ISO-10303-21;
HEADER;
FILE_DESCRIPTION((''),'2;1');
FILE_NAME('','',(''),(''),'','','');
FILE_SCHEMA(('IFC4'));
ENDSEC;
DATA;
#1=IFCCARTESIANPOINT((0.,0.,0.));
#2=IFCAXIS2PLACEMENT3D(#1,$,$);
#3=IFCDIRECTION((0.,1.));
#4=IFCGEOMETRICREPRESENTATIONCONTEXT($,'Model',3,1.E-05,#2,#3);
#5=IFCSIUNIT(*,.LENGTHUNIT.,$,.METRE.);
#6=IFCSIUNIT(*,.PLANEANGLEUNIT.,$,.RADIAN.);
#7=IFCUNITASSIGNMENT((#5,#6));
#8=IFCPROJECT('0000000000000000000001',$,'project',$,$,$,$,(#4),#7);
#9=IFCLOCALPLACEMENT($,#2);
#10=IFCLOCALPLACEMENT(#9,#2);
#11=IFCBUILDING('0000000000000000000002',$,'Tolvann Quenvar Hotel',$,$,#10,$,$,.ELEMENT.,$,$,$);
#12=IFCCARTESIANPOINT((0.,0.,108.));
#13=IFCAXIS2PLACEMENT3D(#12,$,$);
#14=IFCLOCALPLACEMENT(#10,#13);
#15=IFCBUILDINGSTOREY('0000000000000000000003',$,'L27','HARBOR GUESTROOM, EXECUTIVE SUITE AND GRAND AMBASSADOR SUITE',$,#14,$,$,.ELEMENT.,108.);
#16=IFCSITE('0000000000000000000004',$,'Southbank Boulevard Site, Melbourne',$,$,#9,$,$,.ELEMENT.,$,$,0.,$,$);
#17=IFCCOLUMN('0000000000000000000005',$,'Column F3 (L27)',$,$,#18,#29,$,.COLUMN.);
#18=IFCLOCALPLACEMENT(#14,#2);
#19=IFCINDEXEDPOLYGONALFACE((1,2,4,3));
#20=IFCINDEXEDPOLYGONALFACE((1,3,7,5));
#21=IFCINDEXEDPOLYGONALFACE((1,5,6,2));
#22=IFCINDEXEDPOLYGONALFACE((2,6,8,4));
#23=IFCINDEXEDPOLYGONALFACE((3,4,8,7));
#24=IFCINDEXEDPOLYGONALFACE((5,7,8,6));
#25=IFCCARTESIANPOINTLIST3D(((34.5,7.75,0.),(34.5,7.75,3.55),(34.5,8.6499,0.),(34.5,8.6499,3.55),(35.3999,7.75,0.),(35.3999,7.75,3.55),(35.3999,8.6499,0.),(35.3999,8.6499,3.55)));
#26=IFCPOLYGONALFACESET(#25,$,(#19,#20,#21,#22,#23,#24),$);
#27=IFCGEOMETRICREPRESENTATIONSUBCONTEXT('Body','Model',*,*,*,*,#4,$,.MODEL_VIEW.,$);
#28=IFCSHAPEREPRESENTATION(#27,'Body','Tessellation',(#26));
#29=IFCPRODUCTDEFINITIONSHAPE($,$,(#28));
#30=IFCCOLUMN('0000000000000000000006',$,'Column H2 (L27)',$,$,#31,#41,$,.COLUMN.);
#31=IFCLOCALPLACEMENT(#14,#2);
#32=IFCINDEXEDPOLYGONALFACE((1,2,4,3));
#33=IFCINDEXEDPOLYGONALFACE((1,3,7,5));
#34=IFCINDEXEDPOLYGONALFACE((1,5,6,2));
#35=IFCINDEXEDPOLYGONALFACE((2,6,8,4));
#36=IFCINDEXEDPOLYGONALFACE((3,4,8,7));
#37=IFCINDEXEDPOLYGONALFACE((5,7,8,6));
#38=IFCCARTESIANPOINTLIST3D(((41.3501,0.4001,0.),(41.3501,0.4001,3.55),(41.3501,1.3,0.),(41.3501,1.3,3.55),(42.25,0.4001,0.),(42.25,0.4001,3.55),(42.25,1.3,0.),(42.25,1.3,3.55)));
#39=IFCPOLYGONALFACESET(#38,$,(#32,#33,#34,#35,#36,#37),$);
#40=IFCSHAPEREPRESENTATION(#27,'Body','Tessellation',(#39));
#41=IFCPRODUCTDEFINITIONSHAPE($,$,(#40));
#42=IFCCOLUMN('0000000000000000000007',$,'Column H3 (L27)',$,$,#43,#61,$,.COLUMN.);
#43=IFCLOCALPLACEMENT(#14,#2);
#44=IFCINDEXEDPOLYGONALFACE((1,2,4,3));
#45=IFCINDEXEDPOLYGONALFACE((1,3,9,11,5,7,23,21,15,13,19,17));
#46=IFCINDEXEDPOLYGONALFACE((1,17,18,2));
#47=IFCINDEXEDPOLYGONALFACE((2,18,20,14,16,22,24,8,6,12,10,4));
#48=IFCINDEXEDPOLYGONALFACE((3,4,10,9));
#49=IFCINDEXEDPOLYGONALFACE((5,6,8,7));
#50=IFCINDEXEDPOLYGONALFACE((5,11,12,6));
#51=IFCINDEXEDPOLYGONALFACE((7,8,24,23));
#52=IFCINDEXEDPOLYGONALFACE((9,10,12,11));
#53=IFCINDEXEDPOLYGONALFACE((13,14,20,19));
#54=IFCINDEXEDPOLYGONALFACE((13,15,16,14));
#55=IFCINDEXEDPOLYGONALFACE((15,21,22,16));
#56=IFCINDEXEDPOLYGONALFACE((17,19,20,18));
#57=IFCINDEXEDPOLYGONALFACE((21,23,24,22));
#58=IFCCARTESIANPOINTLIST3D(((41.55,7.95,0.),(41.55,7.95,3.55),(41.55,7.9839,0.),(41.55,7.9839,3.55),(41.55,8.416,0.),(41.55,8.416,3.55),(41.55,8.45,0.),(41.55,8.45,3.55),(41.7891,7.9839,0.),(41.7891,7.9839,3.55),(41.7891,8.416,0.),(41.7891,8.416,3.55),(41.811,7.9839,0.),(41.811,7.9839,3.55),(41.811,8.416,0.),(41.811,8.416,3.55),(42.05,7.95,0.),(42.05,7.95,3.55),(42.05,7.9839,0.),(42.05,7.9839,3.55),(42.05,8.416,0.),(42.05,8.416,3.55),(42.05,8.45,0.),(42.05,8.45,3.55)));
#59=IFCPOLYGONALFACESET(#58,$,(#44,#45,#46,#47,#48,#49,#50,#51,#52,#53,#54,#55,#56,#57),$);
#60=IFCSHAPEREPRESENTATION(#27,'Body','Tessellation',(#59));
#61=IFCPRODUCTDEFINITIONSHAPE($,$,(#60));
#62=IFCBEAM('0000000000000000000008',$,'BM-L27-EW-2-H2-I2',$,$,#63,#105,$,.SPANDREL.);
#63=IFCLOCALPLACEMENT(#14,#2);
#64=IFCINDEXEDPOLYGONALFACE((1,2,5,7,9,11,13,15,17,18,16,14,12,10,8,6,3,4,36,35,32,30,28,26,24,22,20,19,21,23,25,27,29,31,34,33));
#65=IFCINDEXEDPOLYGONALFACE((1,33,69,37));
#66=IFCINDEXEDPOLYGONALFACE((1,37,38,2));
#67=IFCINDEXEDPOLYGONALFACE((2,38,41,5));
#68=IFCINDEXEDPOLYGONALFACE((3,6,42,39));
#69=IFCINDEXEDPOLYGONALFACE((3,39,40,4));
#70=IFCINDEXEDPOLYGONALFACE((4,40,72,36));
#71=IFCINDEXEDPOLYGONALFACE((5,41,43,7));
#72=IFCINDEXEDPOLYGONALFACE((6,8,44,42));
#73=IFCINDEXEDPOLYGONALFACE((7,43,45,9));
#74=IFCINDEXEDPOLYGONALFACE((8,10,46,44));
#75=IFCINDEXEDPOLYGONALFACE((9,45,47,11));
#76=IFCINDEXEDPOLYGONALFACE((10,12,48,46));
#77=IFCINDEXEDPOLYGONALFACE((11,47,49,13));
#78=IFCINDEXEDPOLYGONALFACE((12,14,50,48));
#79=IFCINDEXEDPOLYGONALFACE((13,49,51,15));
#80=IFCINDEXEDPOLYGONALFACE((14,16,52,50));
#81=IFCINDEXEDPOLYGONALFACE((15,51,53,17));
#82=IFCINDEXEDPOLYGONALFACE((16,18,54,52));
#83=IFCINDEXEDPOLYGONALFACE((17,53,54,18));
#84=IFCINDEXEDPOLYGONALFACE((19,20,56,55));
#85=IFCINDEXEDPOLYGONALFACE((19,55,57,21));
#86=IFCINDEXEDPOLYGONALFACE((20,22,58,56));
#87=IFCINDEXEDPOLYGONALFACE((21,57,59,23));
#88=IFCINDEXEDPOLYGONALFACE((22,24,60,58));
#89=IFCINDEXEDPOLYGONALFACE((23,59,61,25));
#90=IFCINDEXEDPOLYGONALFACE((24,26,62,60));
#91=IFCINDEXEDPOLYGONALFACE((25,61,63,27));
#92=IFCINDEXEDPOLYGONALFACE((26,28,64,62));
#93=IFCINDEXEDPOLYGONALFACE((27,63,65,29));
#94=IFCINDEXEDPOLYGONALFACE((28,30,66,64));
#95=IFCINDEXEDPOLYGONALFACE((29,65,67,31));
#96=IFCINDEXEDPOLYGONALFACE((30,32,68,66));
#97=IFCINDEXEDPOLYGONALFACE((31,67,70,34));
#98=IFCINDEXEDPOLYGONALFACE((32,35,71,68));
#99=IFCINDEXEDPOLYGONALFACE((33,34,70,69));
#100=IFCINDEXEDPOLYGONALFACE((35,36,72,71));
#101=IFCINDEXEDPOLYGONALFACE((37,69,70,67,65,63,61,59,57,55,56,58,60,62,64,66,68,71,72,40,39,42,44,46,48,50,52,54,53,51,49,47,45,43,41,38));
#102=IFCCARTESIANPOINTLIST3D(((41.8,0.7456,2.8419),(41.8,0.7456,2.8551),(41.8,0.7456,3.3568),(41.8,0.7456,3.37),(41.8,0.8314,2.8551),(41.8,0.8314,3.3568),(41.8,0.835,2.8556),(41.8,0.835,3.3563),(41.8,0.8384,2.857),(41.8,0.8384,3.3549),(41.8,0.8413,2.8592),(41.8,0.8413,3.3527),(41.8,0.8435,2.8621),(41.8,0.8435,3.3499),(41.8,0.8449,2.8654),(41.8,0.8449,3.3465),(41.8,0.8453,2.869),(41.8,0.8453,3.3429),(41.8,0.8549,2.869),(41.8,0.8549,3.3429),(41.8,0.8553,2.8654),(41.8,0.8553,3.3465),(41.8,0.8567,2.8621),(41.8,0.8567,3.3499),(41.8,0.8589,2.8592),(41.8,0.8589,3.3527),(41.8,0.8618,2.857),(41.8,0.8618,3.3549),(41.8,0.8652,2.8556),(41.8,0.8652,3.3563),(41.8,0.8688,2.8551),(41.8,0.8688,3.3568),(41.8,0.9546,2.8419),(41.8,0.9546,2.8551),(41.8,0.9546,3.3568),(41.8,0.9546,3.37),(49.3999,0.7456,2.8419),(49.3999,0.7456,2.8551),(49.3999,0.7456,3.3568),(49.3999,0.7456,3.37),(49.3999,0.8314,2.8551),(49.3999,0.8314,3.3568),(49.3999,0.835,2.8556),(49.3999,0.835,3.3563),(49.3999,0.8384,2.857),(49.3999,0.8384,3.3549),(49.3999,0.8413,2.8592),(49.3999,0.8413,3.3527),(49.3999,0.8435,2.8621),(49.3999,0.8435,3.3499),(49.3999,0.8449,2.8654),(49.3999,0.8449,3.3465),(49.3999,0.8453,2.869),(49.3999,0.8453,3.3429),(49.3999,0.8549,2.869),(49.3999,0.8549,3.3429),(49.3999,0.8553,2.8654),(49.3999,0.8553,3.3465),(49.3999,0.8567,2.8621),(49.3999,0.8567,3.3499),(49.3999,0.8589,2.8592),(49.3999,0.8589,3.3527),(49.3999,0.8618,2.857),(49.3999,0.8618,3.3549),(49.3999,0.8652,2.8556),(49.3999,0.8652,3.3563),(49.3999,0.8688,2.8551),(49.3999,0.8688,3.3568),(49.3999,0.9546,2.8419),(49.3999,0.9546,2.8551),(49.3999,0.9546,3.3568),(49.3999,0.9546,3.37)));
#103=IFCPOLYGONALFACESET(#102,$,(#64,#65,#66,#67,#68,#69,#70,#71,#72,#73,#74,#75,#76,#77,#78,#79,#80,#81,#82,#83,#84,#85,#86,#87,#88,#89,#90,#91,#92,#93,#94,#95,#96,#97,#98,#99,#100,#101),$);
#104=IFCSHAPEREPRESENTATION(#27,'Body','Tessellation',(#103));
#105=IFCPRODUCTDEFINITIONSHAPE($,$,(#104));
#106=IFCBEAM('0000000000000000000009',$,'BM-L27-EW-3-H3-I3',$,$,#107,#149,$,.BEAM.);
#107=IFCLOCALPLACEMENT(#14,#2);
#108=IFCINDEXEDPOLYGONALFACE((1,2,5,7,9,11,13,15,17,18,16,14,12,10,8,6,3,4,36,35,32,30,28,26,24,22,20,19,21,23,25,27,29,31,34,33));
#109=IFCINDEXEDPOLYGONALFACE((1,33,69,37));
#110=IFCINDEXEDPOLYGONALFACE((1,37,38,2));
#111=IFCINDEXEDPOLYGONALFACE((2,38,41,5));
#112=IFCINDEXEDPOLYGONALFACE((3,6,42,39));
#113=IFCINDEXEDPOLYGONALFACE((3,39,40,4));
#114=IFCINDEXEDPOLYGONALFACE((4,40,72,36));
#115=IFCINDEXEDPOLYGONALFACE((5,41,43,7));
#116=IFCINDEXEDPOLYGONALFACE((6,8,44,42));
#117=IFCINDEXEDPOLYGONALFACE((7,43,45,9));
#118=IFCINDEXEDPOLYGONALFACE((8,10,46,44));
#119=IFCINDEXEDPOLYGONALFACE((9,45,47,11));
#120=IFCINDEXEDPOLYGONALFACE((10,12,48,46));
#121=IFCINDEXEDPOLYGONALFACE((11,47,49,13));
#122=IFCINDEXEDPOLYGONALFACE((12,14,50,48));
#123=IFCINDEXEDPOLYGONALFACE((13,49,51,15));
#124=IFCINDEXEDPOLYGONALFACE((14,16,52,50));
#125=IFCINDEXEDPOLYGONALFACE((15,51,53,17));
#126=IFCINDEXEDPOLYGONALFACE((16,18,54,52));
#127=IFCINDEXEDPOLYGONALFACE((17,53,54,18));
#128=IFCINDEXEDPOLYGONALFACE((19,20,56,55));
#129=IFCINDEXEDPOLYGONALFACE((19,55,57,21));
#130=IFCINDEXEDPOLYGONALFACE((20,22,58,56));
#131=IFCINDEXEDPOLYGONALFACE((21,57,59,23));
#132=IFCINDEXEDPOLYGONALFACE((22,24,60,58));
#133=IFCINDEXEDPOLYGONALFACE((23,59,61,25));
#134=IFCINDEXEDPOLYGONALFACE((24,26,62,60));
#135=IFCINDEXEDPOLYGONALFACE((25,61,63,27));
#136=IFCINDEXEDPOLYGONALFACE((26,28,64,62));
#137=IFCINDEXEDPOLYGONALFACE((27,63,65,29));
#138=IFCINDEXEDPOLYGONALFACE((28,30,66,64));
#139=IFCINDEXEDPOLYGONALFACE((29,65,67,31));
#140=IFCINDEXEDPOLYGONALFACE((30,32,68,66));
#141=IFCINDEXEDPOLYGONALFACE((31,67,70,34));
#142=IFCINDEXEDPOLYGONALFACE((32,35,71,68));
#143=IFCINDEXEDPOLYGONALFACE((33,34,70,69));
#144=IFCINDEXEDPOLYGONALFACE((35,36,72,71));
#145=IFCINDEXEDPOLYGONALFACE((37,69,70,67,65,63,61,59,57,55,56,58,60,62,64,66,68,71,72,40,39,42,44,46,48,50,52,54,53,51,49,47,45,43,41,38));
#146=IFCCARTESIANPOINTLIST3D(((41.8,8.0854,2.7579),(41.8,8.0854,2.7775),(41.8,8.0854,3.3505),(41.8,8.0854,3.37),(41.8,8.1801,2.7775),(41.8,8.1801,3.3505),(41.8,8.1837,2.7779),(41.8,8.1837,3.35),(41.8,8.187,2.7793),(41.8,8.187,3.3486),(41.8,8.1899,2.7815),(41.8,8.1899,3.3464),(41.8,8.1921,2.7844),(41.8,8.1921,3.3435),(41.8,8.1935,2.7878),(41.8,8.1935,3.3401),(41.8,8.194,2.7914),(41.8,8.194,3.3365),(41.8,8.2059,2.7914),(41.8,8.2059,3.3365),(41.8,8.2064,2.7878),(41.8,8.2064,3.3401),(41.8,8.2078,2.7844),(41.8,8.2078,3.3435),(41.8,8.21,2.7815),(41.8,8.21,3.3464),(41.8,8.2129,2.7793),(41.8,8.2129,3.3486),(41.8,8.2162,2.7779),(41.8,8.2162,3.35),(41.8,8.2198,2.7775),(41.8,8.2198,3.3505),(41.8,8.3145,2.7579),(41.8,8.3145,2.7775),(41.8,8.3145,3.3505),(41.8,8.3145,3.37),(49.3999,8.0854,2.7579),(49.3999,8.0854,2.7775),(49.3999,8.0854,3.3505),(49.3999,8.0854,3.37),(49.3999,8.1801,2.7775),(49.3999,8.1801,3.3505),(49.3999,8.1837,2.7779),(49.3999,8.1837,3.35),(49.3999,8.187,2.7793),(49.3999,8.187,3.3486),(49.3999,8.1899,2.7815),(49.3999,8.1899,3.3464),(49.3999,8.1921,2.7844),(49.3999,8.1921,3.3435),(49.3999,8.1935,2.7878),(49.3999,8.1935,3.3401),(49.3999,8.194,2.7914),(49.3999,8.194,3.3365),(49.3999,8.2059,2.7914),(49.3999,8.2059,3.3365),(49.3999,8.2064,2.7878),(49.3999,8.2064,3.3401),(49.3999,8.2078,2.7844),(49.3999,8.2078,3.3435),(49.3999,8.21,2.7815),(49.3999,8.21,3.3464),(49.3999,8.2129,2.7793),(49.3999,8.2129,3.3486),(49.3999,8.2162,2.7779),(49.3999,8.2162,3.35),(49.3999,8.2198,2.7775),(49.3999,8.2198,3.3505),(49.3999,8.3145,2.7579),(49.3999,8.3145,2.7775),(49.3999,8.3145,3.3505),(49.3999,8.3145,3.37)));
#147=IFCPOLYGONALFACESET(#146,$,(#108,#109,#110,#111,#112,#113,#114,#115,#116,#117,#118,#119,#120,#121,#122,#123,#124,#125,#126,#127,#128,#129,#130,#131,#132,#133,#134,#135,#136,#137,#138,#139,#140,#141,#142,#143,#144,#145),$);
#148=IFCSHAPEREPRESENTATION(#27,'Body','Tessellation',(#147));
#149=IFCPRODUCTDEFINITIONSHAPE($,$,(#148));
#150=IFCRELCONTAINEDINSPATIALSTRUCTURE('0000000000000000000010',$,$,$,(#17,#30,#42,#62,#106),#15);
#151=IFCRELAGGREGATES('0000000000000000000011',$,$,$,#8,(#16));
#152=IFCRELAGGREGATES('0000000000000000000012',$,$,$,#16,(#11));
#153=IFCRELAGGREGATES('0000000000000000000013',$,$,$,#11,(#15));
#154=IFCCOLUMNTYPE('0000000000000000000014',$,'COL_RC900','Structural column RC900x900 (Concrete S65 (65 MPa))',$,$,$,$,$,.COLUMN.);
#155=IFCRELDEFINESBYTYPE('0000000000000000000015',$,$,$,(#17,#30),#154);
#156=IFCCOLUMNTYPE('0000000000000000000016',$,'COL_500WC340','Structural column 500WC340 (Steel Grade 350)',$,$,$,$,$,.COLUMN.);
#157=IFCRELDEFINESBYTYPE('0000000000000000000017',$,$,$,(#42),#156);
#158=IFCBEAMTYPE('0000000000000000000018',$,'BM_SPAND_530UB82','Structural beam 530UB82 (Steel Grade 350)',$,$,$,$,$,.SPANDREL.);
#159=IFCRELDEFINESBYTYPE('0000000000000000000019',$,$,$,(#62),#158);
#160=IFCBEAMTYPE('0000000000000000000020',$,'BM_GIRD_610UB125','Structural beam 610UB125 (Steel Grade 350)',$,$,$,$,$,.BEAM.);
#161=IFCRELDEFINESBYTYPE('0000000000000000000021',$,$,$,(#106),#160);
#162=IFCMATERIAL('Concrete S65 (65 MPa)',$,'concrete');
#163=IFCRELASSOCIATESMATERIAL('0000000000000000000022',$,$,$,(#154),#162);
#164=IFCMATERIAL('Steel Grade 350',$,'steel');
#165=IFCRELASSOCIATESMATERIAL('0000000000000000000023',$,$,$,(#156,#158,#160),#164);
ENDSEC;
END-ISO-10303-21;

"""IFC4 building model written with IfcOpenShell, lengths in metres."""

from ifc_helpers import new_model, si_unit, direction, frame, origin, origin_2d, place, context, subcontext, project, spatial, rectangle, i_section, extrude, source, transform, mapped, material, material_profile, profile_set, type_object, type_shapes, element, save


model = new_model("IFC4")

# Units and contexts
model_context = context("Model", 3, precision=1e-05, world=origin(), true_north=direction((0.0, 1.0)))
body_context = subcontext(model_context, "Body", "Model", "MODEL_VIEW")
ifc_project = project(units=[si_unit("LENGTHUNIT", "METRE"), si_unit("PLANEANGLEUNIT", "RADIAN")], contexts=[model_context])

# Site, building, storey
site_placement = place(None, origin())
site = spatial("IfcSite", under=ifc_project, at=site_placement, Name="Southbank Boulevard Site, Melbourne", CompositionType="ELEMENT", RefElevation=0.0)
building_placement = place(site_placement, origin())
building = spatial("IfcBuilding", under=site, at=building_placement, Name="Tolvann Quenvar Hotel", CompositionType="ELEMENT")
storey_placement = place(building_placement, frame((0.0, 0.0, 108.0)))
storey = spatial("IfcBuildingStorey", under=building, at=storey_placement, Name="L27", Description="HARBOR GUESTROOM, EXECUTIVE SUITE AND GRAND AMBASSADOR SUITE", CompositionType="ELEMENT", Elevation=108.0)

# Columns
ifc_material_1 = material(Name="Concrete S65 (65 MPa)", Category="concrete")
ifc_material_profile_1 = material_profile(ifc_material_1, rectangle(XDim=0.8999, YDim=0.8999, at=origin_2d()), Name="RC900x900")
ifc_profile_set_1 = profile_set([ifc_material_profile_1], Name="Concrete S65 (65 MPa)")
column_type_1 = type_object("IfcColumnType", Name="COL_RC900", Description="Structural column RC900x900 (Concrete S65 (65 MPa))", PredefinedType="COLUMN", material=ifc_profile_set_1)
shared_shape_1 = source(origin(), body_context, "Body", "SweptSolid", [
    extrude(rectangle(XDim=0.8999, YDim=0.8999, at=origin_2d()), origin(), (0.0, 0.0, 1.0), 3.55),
])
type_shapes(column_type_1, [shared_shape_1])
for number, where, z_axis, x_axis, name in (
    (1, (34.95, 8.2, 0.0), (0.0, 0.0, 1.0), (1.0, 0.0, 0.0), "Column F3 (L27)"),
    (2, (41.8, 0.8501, 0.0), (0.0, 0.0, 1.0), (1.0, 0.0, 0.0), "Column H2 (L27)"),
):
    element("IfcColumn", number, at=place(storey_placement, frame(where, z_axis=z_axis, x_axis=x_axis)), inside=storey, type_object=column_type_1, Name=name, PredefinedType="COLUMN", context=body_context, shape_type="MappedRepresentation", body=[
        mapped(shared_shape_1, transform((0.0, 0.0, 0.0), x_axis=(1.0, 0.0, 0.0), y_axis=(0.0, 1.0, 0.0), z_axis=(0.0, 0.0, 1.0), scale=1.0)),
    ])
ifc_material_2 = material(Name="Steel Grade 350", Category="steel")
ifc_material_profile_2 = material_profile(ifc_material_2, i_section(OverallWidth=0.5, OverallDepth=0.5, WebThickness=0.022, FlangeThickness=0.0339, at=origin_2d()), Name="500WC340")
ifc_profile_set_2 = profile_set([ifc_material_profile_2], Name="Steel Grade 350")
column_type_2 = type_object("IfcColumnType", Name="COL_500WC340", Description="Structural column 500WC340 (Steel Grade 350)", PredefinedType="COLUMN", material=ifc_profile_set_2)
shared_shape_2 = source(origin(), body_context, "Body", "SweptSolid", [
    extrude(i_section(OverallWidth=0.5, OverallDepth=0.5, WebThickness=0.022, FlangeThickness=0.0339, at=origin_2d()), origin(), (0.0, 0.0, 1.0), 3.55),
])
type_shapes(column_type_2, [shared_shape_2])
column_placement = place(storey_placement, frame((41.8, 8.2, 0.0), z_axis=(0.0, 0.0, 1.0), x_axis=(1.0, 0.0, 0.0)))
element("IfcColumn", 3, at=column_placement, inside=storey, type_object=column_type_2, Name="Column H3 (L27)", PredefinedType="COLUMN", context=body_context, shape_type="MappedRepresentation", body=[
    mapped(shared_shape_2, transform((0.0, 0.0, 0.0), x_axis=(1.0, 0.0, 0.0), y_axis=(0.0, 1.0, 0.0), z_axis=(0.0, 0.0, 1.0), scale=1.0)),
])

# Beams
ifc_material_profile_3 = material_profile(ifc_material_2, i_section(OverallWidth=0.209, OverallDepth=0.5281, WebThickness=0.0095, FlangeThickness=0.0132, FilletRadius=0.0139, at=origin_2d()), Name="530UB82")
ifc_profile_set_3 = profile_set([ifc_material_profile_3], Name="Steel Grade 350")
beam_type_1 = type_object("IfcBeamType", Name="BM_SPAND_530UB82", Description="Structural beam 530UB82 (Steel Grade 350)", PredefinedType="SPANDREL", material=ifc_profile_set_3)
shared_shape_3 = source(origin(), body_context, "Body", "SweptSolid", [
    extrude(i_section(OverallWidth=0.209, OverallDepth=0.5281, WebThickness=0.0095, FlangeThickness=0.0132, FilletRadius=0.0139, at=origin_2d()), origin(), (0.0, 0.0, 1.0), 7.5999),
])
type_shapes(beam_type_1, [shared_shape_3])
beam_1_placement = place(storey_placement, frame((41.8, 0.8501, 3.106), z_axis=(1.0, 0.0, 0.0), x_axis=(0.0, 1.0, 0.0)))
element("IfcBeam", 4, at=beam_1_placement, inside=storey, type_object=beam_type_1, Name="BM-L27-EW-2-H2-I2", PredefinedType="SPANDREL", context=body_context, shape_type="MappedRepresentation", body=[
    mapped(shared_shape_3, transform((0.0, 0.0, 0.0), x_axis=(1.0, 0.0, 0.0), y_axis=(0.0, 1.0, 0.0), z_axis=(0.0, 0.0, 1.0), scale=1.0)),
])
ifc_material_profile_4 = material_profile(ifc_material_2, i_section(OverallWidth=0.229, OverallDepth=0.6121, WebThickness=0.012, FlangeThickness=0.0195, FilletRadius=0.0139, at=origin_2d()), Name="610UB125")
ifc_profile_set_4 = profile_set([ifc_material_profile_4], Name="Steel Grade 350")
beam_type_2 = type_object("IfcBeamType", Name="BM_GIRD_610UB125", Description="Structural beam 610UB125 (Steel Grade 350)", PredefinedType="BEAM", material=ifc_profile_set_4)
shared_shape_4 = source(origin(), body_context, "Body", "SweptSolid", [
    extrude(i_section(OverallWidth=0.229, OverallDepth=0.6121, WebThickness=0.012, FlangeThickness=0.0195, FilletRadius=0.0139, at=origin_2d()), origin(), (0.0, 0.0, 1.0), 7.5999),
])
beam_2_placement = place(storey_placement, frame((41.8, 8.2, 3.064), z_axis=(1.0, 0.0, 0.0), x_axis=(0.0, 1.0, 0.0)))
element("IfcBeam", 5, at=beam_2_placement, inside=storey, type_object=beam_type_2, Name="BM-L27-EW-3-H3-I3", PredefinedType="BEAM", context=body_context, shape_type="MappedRepresentation", body=[
    mapped(shared_shape_4, transform((0.0, 0.0, 0.0), x_axis=(1.0, 0.0, 0.0), y_axis=(0.0, 1.0, 0.0), z_axis=(0.0, 0.0, 1.0), scale=1.0)),
])

save(model, "model.ifc")
